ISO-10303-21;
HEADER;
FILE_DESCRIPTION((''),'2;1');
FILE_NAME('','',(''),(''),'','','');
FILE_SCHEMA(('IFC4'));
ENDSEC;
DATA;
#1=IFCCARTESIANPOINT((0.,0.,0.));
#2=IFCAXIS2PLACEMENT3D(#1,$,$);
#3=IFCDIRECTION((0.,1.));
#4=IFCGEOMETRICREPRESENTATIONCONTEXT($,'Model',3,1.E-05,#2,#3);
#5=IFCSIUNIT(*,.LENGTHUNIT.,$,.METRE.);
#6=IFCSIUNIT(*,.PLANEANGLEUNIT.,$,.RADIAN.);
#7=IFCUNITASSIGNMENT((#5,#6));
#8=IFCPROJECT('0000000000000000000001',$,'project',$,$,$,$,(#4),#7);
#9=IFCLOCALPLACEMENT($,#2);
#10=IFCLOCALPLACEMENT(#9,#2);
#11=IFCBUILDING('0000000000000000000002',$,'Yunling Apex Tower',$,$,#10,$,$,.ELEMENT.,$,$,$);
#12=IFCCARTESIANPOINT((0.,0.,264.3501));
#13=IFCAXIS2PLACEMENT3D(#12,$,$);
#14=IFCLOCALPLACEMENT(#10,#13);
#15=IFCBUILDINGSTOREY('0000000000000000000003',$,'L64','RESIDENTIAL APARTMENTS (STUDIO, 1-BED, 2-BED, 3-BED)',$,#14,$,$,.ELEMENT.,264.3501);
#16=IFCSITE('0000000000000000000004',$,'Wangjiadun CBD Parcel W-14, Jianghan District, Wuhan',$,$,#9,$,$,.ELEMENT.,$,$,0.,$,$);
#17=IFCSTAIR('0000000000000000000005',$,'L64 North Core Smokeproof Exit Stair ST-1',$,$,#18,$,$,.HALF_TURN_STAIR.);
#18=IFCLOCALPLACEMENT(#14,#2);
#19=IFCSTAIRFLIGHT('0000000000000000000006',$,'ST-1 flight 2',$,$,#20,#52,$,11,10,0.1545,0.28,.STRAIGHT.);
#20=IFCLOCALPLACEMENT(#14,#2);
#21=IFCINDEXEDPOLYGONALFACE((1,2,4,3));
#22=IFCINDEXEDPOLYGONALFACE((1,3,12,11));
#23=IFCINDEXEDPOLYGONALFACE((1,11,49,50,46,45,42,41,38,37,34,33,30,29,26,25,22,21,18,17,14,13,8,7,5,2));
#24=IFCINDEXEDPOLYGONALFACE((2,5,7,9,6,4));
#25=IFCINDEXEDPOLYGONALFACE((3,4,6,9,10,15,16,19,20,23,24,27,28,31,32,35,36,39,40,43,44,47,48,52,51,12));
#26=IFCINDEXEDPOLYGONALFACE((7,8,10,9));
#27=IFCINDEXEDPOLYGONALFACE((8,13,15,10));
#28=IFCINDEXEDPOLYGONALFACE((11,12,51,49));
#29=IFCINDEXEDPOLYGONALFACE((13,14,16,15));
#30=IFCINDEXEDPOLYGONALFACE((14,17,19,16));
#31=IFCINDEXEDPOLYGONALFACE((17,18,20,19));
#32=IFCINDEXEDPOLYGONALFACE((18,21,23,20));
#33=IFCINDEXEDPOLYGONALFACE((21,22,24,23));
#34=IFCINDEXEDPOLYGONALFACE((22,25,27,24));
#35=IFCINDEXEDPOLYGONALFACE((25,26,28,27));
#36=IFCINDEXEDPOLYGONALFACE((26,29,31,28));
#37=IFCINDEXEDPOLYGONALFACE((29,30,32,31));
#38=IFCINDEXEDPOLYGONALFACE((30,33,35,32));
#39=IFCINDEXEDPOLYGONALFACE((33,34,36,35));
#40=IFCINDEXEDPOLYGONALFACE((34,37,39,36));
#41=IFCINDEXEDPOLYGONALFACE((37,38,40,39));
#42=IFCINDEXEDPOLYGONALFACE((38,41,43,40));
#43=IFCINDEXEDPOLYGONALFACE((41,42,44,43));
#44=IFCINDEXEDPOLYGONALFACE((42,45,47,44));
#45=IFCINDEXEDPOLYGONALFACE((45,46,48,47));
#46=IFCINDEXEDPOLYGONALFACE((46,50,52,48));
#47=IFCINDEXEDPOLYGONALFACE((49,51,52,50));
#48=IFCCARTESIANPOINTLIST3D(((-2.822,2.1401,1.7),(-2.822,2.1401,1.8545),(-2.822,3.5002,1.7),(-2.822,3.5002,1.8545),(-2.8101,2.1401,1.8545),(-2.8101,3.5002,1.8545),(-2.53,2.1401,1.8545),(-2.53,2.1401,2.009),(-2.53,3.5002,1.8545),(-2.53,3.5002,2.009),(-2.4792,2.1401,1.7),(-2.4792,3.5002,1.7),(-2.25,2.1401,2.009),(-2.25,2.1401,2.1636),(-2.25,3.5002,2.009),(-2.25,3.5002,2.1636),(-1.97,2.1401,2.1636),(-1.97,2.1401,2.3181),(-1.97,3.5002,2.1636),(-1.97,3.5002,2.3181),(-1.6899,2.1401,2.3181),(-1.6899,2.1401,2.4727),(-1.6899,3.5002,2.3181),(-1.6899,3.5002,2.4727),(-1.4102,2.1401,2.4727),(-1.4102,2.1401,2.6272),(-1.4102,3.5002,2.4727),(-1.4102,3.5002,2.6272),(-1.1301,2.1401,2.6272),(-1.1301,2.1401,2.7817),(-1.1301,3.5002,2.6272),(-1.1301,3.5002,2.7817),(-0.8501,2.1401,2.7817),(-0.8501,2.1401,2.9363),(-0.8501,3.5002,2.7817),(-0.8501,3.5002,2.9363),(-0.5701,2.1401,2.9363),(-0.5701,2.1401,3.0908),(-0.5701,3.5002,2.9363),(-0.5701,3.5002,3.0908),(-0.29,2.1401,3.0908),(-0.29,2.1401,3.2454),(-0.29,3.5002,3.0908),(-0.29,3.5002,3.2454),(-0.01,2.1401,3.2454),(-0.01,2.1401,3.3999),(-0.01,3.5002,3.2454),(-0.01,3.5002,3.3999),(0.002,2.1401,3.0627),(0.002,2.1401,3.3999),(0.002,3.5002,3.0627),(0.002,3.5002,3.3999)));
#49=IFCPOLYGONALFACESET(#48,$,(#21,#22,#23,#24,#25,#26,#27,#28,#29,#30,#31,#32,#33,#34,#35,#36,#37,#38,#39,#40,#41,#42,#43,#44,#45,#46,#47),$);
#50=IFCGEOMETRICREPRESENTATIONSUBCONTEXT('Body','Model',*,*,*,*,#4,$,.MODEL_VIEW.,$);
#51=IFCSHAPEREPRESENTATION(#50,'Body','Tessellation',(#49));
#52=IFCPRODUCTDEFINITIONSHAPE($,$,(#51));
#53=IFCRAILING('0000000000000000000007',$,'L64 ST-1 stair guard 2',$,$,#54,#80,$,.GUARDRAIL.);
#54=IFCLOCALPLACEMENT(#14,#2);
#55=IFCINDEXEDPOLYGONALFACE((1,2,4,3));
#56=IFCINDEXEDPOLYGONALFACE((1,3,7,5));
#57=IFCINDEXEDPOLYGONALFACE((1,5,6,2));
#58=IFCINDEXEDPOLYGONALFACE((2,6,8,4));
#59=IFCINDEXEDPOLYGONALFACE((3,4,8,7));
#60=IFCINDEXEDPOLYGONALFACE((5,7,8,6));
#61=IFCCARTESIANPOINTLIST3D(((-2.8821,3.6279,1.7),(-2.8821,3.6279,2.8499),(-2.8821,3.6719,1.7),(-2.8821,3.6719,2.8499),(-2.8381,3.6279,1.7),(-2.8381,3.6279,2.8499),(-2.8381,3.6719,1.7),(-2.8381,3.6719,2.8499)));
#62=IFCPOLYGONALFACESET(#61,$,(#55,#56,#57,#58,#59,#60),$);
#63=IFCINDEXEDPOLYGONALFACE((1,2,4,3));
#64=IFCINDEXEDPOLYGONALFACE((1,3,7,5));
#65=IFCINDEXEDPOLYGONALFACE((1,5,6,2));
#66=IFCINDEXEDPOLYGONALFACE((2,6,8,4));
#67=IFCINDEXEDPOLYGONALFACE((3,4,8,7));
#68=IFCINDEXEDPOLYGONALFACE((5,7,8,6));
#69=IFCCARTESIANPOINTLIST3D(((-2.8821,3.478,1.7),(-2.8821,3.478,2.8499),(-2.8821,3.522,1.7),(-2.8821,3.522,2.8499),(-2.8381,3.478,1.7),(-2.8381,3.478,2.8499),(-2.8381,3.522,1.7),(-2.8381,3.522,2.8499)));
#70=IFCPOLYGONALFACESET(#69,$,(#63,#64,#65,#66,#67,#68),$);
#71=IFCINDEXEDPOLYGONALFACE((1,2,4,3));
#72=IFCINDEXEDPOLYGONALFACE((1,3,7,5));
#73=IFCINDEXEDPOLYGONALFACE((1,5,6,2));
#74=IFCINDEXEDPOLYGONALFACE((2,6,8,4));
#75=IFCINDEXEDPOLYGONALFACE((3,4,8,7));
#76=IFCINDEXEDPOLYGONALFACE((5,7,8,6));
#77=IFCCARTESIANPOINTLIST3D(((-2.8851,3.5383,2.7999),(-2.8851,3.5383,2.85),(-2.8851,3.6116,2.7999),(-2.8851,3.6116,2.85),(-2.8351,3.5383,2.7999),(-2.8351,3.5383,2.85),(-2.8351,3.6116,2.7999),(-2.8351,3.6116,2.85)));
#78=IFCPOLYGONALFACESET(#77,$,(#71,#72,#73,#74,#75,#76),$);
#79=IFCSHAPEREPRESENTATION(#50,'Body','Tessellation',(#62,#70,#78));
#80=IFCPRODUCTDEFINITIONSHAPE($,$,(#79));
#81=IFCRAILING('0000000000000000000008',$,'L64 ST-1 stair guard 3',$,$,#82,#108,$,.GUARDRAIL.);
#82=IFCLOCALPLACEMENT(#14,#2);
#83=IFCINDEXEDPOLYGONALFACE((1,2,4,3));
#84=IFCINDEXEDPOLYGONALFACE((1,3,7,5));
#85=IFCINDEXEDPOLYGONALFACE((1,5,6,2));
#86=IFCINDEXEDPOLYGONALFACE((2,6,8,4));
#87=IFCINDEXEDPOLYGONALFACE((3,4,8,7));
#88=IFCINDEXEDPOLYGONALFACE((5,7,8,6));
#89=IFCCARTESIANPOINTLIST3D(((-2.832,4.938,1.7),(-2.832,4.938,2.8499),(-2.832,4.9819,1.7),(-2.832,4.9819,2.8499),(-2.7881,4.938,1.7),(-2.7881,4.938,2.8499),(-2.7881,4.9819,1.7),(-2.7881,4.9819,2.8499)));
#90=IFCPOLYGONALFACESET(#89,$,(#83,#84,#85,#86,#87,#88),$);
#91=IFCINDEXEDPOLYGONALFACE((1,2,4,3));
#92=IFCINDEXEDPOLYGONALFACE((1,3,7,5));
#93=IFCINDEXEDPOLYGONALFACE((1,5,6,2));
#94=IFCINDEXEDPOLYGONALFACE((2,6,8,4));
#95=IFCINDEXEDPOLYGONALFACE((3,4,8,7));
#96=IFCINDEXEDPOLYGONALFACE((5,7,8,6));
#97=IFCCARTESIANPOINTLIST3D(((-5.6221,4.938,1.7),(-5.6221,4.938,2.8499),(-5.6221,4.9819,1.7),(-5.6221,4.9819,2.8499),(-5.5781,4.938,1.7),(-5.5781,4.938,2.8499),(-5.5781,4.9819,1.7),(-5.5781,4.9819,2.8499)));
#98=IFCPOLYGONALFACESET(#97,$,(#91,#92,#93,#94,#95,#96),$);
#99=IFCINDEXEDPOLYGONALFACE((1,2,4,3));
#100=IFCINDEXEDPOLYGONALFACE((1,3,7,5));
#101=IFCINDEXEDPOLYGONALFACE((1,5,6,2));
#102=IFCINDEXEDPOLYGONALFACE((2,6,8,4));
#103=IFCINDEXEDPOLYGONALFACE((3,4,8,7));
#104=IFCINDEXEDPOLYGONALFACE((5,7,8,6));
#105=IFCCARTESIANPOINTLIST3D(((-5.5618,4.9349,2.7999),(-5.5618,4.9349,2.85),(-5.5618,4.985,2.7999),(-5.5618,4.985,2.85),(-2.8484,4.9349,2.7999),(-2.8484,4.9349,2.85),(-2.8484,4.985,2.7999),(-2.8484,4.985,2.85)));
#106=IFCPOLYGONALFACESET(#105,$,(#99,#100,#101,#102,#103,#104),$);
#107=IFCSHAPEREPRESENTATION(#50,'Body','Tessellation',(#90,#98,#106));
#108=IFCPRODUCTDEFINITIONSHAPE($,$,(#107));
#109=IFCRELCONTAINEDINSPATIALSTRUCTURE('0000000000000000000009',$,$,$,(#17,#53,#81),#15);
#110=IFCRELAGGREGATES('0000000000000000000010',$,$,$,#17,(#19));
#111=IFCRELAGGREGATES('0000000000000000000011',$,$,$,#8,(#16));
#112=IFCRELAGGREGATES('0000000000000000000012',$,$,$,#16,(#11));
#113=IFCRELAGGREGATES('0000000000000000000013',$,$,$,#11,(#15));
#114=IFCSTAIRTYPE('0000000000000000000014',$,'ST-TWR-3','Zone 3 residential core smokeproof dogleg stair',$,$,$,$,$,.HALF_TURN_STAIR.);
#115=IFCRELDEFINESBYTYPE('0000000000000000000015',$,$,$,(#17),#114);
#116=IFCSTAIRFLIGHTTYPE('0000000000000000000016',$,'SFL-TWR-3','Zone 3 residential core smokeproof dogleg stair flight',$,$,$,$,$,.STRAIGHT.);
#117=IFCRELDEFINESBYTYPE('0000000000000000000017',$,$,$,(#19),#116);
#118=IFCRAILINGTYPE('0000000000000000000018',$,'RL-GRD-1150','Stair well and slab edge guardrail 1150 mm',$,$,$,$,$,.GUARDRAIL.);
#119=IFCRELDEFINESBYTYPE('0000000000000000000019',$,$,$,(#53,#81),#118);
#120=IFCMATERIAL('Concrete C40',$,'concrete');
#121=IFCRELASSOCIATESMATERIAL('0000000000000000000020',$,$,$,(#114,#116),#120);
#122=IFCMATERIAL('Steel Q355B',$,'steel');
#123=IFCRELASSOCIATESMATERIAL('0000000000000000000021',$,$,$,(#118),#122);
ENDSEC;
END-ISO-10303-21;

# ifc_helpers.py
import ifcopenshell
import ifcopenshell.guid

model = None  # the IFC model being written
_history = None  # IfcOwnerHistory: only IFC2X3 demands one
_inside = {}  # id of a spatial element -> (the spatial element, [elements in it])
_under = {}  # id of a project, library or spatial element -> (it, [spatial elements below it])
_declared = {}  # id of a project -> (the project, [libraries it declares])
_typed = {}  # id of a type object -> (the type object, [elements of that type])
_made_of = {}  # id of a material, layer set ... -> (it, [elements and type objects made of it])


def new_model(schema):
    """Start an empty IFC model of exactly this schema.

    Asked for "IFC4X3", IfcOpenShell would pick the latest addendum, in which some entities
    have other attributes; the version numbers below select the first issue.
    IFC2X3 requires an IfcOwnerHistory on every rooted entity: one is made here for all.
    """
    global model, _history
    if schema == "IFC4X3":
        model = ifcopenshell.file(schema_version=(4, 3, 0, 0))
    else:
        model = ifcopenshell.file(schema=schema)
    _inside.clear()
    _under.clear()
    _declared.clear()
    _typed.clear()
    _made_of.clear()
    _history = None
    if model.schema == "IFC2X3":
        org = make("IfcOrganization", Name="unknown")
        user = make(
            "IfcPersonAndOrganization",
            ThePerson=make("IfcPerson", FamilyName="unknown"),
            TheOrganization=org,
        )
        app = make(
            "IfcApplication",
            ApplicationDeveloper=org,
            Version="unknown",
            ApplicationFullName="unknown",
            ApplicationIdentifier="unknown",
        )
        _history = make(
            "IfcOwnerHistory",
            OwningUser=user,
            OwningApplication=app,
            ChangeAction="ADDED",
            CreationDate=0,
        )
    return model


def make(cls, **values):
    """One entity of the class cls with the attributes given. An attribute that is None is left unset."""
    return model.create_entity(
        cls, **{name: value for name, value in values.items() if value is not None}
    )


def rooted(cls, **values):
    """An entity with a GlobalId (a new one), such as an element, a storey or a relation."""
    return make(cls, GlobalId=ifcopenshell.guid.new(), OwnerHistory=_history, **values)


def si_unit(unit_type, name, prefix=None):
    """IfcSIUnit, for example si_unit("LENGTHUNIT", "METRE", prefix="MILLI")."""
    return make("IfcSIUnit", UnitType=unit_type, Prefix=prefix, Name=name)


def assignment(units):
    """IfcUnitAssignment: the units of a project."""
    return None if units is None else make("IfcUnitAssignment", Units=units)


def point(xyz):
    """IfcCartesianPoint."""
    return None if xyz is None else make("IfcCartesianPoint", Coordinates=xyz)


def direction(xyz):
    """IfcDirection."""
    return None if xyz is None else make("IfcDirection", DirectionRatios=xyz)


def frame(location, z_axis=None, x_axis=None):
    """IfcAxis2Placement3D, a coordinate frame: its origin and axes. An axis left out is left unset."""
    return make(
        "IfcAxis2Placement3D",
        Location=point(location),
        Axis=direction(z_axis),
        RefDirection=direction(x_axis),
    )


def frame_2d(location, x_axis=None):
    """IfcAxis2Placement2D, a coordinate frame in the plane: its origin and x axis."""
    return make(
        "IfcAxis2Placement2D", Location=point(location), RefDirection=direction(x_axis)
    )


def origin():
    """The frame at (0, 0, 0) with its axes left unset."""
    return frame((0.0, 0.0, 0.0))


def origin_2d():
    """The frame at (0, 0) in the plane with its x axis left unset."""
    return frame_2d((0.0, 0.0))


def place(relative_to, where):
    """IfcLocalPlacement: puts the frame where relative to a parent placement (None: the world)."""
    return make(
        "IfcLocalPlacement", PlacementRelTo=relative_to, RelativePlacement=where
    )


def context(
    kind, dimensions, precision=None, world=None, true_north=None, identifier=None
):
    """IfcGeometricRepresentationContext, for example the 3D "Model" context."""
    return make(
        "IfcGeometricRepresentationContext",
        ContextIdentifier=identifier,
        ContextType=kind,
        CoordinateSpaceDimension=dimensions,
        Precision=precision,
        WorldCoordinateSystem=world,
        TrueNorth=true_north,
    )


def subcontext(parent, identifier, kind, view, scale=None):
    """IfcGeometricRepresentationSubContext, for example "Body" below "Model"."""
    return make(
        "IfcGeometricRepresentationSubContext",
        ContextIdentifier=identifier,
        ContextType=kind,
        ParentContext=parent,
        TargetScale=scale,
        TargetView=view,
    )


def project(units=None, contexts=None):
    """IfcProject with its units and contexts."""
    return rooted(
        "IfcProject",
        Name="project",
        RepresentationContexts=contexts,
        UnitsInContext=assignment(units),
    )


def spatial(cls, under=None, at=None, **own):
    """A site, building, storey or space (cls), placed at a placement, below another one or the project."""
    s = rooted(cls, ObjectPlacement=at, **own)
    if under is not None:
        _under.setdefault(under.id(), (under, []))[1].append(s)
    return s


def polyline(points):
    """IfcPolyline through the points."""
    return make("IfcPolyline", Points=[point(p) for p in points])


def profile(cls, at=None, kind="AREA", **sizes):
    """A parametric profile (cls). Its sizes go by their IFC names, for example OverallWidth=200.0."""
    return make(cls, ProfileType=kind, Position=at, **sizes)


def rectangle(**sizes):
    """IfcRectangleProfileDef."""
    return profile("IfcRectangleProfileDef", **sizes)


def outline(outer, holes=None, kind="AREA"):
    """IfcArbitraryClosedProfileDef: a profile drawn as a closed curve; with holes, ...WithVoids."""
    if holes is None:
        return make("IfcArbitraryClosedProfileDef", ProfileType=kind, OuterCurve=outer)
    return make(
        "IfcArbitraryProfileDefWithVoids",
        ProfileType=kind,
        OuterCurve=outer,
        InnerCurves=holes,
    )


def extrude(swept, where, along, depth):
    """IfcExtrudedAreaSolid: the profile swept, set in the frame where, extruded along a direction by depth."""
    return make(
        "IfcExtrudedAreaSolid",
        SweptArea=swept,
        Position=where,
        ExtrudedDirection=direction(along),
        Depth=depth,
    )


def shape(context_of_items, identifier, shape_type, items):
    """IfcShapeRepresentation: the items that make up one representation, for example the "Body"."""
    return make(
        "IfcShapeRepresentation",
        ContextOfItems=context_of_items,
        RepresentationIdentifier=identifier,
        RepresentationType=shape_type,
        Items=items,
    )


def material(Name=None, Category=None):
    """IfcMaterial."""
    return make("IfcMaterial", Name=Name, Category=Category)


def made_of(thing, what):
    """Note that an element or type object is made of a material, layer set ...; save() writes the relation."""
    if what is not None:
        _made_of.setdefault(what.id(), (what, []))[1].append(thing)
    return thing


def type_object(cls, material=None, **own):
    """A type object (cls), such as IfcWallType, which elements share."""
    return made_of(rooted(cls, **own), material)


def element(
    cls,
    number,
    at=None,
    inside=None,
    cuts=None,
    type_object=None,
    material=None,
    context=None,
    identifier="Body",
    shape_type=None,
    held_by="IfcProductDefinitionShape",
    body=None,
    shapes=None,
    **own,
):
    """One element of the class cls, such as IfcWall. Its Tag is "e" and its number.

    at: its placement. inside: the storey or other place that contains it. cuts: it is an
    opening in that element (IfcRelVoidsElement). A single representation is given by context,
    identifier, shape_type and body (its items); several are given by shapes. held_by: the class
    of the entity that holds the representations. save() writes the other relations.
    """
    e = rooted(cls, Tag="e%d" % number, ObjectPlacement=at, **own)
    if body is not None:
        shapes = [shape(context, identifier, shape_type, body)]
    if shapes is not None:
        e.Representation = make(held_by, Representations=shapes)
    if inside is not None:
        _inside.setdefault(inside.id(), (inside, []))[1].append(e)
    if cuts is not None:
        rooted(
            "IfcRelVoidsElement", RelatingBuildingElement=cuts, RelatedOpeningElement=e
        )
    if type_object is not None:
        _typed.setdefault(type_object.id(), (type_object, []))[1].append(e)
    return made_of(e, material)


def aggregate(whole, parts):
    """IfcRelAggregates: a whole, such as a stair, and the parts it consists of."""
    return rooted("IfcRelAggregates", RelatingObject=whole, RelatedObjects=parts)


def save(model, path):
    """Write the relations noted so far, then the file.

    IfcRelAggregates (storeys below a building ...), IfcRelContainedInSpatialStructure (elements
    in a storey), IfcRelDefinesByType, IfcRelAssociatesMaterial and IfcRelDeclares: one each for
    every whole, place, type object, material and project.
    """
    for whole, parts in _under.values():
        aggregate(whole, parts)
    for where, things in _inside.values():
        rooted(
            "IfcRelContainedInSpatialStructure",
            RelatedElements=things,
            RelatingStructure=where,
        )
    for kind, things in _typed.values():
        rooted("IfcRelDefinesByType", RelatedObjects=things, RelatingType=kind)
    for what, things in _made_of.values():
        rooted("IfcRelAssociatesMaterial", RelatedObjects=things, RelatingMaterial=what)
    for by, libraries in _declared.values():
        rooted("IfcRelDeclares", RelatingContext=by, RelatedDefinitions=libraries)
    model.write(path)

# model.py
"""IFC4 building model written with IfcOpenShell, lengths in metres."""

from ifc_helpers import new_model, si_unit, direction, frame, origin, origin_2d, place, context, subcontext, project, spatial, polyline, rectangle, outline, extrude, material, type_object, element, aggregate, save


model = new_model("IFC4")

# Units and contexts
model_context = context("Model", 3, precision=1e-05, world=origin(), true_north=direction((0.0, 1.0)))
body_context = subcontext(model_context, "Body", "Model", "MODEL_VIEW")
ifc_project = project(units=[si_unit("LENGTHUNIT", "METRE"), si_unit("PLANEANGLEUNIT", "RADIAN")], contexts=[model_context])

# Site, building, storey
site_placement = place(None, origin())
site = spatial("IfcSite", under=ifc_project, at=site_placement, Name="Wangjiadun CBD Parcel W-14, Jianghan District, Wuhan", CompositionType="ELEMENT", RefElevation=0.0)
building_placement = place(site_placement, origin())
building = spatial("IfcBuilding", under=site, at=building_placement, Name="Yunling Apex Tower", CompositionType="ELEMENT")
storey_placement = place(building_placement, frame((0.0, 0.0, 264.3501)))
storey = spatial("IfcBuildingStorey", under=building, at=storey_placement, Name="L64", Description="RESIDENTIAL APARTMENTS (STUDIO, 1-BED, 2-BED, 3-BED)", CompositionType="ELEMENT", Elevation=264.3501)

# Shared definitions
ifc_material_1 = material(Name="Steel Q355B", Category="steel")

# Shared definitions
ifc_material_2 = material(Name="Concrete C40", Category="concrete")

# Stair, stair flight
stair_type = type_object("IfcStairType", Name="ST-TWR-3", Description="Zone 3 residential core smokeproof dogleg stair", PredefinedType="HALF_TURN_STAIR", material=ifc_material_2)
stair_placement = place(storey_placement, origin())
stair = element("IfcStair", 1, at=stair_placement, inside=storey, type_object=stair_type, Name="L64 North Core Smokeproof Exit Stair ST-1", PredefinedType="HALF_TURN_STAIR")
stair_flight_type = type_object("IfcStairFlightType", Name="SFL-TWR-3", Description="Zone 3 residential core smokeproof dogleg stair flight", PredefinedType="STRAIGHT", material=ifc_material_2)
stair_flight_placement = place(storey_placement, frame((-2.8101, 2.8201, 1.7), z_axis=(0.0, 0.0, 1.0), x_axis=(1.0, 0.0, 0.0)))
stair_flight = element("IfcStairFlight", 2, at=stair_flight_placement, type_object=stair_flight_type, Name="ST-1 flight 2", NumberOfRisers=11, NumberOfTreads=10, PredefinedType="STRAIGHT", RiserHeight=0.1545, TreadLength=0.28, context=body_context, shape_type="SweptSolid", body=[
    extrude(outline(polyline([(-0.012, 0.0), (-0.012, 0.1545), (0.0, 0.1545), (0.28, 0.1545), (0.28, 0.3091), (0.5601, 0.3091), (0.5601, 0.4636), (0.8401, 0.4636), (0.8401, 0.6182), (1.1201, 0.6182), (1.1201, 0.7727), (1.3999, 0.7727), (1.3999, 0.9272), (1.6799, 0.9272), (1.6799, 1.0818), (1.96, 1.0818), (1.96, 1.2363), (2.24, 1.2363), (2.24, 1.3909), (2.52, 1.3909), (2.52, 1.5454), (2.8, 1.5454), (2.8, 1.7), (2.812, 1.7), (2.812, 1.3628), (0.3308, 0.0), (-0.012, 0.0)])), frame((0.0, 0.6802, 0.0), z_axis=(0.0, -1.0, 0.0), x_axis=(1.0, 0.0, 0.0)), (0.0, 0.0, 1.0), 1.3601),
])
aggregate(stair, [stair_flight])

# Railings
railing_type = type_object("IfcRailingType", Name="RL-GRD-1150", Description="Stair well and slab edge guardrail 1150 mm", PredefinedType="GUARDRAIL", material=ifc_material_1)
railing_1_placement = place(storey_placement, frame((-2.8601, 3.6499, 1.7)))
element("IfcRailing", 3, at=railing_1_placement, inside=storey, type_object=railing_type, Name="L64 ST-1 stair guard 2", PredefinedType="GUARDRAIL", context=body_context, shape_type="SweptSolid", body=[
    extrude(rectangle(XDim=0.0439, YDim=0.0439, at=origin_2d()), origin(), (0.0, 0.0, 1.0), 1.1499),
    extrude(rectangle(XDim=0.0439, YDim=0.0439, at=origin_2d()), frame((0.0, -0.1499, 0.0)), (0.0, 0.0, 1.0), 1.1499),
    extrude(rectangle(XDim=0.05, YDim=0.05, at=origin_2d()), frame((0.0, -0.0383, 1.125), z_axis=(0.0, -1.0, 0.0), x_axis=(1.0, 0.0, 0.0)), (0.0, 0.0, 1.0), 0.0732),
])
railing_2_placement = place(storey_placement, frame((-2.8101, 4.96, 1.7)))
element("IfcRailing", 4, at=railing_2_placement, inside=storey, type_object=railing_type, Name="L64 ST-1 stair guard 3", PredefinedType="GUARDRAIL", context=body_context, shape_type="SweptSolid", body=[
    extrude(rectangle(XDim=0.0439, YDim=0.0439, at=origin_2d()), origin(), (0.0, 0.0, 1.0), 1.1499),
    extrude(rectangle(XDim=0.0439, YDim=0.0439, at=origin_2d()), frame((-2.79, 0.0, 0.0)), (0.0, 0.0, 1.0), 1.1499),
    extrude(rectangle(XDim=0.05, YDim=0.05, at=origin_2d()), frame((-0.0383, 0.0, 1.125), z_axis=(-1.0, 0.0, 0.0), x_axis=(0.0, -1.0, 0.0)), (0.0, 0.0, 1.0), 2.7134),
])

save(model, "model.ifc")
